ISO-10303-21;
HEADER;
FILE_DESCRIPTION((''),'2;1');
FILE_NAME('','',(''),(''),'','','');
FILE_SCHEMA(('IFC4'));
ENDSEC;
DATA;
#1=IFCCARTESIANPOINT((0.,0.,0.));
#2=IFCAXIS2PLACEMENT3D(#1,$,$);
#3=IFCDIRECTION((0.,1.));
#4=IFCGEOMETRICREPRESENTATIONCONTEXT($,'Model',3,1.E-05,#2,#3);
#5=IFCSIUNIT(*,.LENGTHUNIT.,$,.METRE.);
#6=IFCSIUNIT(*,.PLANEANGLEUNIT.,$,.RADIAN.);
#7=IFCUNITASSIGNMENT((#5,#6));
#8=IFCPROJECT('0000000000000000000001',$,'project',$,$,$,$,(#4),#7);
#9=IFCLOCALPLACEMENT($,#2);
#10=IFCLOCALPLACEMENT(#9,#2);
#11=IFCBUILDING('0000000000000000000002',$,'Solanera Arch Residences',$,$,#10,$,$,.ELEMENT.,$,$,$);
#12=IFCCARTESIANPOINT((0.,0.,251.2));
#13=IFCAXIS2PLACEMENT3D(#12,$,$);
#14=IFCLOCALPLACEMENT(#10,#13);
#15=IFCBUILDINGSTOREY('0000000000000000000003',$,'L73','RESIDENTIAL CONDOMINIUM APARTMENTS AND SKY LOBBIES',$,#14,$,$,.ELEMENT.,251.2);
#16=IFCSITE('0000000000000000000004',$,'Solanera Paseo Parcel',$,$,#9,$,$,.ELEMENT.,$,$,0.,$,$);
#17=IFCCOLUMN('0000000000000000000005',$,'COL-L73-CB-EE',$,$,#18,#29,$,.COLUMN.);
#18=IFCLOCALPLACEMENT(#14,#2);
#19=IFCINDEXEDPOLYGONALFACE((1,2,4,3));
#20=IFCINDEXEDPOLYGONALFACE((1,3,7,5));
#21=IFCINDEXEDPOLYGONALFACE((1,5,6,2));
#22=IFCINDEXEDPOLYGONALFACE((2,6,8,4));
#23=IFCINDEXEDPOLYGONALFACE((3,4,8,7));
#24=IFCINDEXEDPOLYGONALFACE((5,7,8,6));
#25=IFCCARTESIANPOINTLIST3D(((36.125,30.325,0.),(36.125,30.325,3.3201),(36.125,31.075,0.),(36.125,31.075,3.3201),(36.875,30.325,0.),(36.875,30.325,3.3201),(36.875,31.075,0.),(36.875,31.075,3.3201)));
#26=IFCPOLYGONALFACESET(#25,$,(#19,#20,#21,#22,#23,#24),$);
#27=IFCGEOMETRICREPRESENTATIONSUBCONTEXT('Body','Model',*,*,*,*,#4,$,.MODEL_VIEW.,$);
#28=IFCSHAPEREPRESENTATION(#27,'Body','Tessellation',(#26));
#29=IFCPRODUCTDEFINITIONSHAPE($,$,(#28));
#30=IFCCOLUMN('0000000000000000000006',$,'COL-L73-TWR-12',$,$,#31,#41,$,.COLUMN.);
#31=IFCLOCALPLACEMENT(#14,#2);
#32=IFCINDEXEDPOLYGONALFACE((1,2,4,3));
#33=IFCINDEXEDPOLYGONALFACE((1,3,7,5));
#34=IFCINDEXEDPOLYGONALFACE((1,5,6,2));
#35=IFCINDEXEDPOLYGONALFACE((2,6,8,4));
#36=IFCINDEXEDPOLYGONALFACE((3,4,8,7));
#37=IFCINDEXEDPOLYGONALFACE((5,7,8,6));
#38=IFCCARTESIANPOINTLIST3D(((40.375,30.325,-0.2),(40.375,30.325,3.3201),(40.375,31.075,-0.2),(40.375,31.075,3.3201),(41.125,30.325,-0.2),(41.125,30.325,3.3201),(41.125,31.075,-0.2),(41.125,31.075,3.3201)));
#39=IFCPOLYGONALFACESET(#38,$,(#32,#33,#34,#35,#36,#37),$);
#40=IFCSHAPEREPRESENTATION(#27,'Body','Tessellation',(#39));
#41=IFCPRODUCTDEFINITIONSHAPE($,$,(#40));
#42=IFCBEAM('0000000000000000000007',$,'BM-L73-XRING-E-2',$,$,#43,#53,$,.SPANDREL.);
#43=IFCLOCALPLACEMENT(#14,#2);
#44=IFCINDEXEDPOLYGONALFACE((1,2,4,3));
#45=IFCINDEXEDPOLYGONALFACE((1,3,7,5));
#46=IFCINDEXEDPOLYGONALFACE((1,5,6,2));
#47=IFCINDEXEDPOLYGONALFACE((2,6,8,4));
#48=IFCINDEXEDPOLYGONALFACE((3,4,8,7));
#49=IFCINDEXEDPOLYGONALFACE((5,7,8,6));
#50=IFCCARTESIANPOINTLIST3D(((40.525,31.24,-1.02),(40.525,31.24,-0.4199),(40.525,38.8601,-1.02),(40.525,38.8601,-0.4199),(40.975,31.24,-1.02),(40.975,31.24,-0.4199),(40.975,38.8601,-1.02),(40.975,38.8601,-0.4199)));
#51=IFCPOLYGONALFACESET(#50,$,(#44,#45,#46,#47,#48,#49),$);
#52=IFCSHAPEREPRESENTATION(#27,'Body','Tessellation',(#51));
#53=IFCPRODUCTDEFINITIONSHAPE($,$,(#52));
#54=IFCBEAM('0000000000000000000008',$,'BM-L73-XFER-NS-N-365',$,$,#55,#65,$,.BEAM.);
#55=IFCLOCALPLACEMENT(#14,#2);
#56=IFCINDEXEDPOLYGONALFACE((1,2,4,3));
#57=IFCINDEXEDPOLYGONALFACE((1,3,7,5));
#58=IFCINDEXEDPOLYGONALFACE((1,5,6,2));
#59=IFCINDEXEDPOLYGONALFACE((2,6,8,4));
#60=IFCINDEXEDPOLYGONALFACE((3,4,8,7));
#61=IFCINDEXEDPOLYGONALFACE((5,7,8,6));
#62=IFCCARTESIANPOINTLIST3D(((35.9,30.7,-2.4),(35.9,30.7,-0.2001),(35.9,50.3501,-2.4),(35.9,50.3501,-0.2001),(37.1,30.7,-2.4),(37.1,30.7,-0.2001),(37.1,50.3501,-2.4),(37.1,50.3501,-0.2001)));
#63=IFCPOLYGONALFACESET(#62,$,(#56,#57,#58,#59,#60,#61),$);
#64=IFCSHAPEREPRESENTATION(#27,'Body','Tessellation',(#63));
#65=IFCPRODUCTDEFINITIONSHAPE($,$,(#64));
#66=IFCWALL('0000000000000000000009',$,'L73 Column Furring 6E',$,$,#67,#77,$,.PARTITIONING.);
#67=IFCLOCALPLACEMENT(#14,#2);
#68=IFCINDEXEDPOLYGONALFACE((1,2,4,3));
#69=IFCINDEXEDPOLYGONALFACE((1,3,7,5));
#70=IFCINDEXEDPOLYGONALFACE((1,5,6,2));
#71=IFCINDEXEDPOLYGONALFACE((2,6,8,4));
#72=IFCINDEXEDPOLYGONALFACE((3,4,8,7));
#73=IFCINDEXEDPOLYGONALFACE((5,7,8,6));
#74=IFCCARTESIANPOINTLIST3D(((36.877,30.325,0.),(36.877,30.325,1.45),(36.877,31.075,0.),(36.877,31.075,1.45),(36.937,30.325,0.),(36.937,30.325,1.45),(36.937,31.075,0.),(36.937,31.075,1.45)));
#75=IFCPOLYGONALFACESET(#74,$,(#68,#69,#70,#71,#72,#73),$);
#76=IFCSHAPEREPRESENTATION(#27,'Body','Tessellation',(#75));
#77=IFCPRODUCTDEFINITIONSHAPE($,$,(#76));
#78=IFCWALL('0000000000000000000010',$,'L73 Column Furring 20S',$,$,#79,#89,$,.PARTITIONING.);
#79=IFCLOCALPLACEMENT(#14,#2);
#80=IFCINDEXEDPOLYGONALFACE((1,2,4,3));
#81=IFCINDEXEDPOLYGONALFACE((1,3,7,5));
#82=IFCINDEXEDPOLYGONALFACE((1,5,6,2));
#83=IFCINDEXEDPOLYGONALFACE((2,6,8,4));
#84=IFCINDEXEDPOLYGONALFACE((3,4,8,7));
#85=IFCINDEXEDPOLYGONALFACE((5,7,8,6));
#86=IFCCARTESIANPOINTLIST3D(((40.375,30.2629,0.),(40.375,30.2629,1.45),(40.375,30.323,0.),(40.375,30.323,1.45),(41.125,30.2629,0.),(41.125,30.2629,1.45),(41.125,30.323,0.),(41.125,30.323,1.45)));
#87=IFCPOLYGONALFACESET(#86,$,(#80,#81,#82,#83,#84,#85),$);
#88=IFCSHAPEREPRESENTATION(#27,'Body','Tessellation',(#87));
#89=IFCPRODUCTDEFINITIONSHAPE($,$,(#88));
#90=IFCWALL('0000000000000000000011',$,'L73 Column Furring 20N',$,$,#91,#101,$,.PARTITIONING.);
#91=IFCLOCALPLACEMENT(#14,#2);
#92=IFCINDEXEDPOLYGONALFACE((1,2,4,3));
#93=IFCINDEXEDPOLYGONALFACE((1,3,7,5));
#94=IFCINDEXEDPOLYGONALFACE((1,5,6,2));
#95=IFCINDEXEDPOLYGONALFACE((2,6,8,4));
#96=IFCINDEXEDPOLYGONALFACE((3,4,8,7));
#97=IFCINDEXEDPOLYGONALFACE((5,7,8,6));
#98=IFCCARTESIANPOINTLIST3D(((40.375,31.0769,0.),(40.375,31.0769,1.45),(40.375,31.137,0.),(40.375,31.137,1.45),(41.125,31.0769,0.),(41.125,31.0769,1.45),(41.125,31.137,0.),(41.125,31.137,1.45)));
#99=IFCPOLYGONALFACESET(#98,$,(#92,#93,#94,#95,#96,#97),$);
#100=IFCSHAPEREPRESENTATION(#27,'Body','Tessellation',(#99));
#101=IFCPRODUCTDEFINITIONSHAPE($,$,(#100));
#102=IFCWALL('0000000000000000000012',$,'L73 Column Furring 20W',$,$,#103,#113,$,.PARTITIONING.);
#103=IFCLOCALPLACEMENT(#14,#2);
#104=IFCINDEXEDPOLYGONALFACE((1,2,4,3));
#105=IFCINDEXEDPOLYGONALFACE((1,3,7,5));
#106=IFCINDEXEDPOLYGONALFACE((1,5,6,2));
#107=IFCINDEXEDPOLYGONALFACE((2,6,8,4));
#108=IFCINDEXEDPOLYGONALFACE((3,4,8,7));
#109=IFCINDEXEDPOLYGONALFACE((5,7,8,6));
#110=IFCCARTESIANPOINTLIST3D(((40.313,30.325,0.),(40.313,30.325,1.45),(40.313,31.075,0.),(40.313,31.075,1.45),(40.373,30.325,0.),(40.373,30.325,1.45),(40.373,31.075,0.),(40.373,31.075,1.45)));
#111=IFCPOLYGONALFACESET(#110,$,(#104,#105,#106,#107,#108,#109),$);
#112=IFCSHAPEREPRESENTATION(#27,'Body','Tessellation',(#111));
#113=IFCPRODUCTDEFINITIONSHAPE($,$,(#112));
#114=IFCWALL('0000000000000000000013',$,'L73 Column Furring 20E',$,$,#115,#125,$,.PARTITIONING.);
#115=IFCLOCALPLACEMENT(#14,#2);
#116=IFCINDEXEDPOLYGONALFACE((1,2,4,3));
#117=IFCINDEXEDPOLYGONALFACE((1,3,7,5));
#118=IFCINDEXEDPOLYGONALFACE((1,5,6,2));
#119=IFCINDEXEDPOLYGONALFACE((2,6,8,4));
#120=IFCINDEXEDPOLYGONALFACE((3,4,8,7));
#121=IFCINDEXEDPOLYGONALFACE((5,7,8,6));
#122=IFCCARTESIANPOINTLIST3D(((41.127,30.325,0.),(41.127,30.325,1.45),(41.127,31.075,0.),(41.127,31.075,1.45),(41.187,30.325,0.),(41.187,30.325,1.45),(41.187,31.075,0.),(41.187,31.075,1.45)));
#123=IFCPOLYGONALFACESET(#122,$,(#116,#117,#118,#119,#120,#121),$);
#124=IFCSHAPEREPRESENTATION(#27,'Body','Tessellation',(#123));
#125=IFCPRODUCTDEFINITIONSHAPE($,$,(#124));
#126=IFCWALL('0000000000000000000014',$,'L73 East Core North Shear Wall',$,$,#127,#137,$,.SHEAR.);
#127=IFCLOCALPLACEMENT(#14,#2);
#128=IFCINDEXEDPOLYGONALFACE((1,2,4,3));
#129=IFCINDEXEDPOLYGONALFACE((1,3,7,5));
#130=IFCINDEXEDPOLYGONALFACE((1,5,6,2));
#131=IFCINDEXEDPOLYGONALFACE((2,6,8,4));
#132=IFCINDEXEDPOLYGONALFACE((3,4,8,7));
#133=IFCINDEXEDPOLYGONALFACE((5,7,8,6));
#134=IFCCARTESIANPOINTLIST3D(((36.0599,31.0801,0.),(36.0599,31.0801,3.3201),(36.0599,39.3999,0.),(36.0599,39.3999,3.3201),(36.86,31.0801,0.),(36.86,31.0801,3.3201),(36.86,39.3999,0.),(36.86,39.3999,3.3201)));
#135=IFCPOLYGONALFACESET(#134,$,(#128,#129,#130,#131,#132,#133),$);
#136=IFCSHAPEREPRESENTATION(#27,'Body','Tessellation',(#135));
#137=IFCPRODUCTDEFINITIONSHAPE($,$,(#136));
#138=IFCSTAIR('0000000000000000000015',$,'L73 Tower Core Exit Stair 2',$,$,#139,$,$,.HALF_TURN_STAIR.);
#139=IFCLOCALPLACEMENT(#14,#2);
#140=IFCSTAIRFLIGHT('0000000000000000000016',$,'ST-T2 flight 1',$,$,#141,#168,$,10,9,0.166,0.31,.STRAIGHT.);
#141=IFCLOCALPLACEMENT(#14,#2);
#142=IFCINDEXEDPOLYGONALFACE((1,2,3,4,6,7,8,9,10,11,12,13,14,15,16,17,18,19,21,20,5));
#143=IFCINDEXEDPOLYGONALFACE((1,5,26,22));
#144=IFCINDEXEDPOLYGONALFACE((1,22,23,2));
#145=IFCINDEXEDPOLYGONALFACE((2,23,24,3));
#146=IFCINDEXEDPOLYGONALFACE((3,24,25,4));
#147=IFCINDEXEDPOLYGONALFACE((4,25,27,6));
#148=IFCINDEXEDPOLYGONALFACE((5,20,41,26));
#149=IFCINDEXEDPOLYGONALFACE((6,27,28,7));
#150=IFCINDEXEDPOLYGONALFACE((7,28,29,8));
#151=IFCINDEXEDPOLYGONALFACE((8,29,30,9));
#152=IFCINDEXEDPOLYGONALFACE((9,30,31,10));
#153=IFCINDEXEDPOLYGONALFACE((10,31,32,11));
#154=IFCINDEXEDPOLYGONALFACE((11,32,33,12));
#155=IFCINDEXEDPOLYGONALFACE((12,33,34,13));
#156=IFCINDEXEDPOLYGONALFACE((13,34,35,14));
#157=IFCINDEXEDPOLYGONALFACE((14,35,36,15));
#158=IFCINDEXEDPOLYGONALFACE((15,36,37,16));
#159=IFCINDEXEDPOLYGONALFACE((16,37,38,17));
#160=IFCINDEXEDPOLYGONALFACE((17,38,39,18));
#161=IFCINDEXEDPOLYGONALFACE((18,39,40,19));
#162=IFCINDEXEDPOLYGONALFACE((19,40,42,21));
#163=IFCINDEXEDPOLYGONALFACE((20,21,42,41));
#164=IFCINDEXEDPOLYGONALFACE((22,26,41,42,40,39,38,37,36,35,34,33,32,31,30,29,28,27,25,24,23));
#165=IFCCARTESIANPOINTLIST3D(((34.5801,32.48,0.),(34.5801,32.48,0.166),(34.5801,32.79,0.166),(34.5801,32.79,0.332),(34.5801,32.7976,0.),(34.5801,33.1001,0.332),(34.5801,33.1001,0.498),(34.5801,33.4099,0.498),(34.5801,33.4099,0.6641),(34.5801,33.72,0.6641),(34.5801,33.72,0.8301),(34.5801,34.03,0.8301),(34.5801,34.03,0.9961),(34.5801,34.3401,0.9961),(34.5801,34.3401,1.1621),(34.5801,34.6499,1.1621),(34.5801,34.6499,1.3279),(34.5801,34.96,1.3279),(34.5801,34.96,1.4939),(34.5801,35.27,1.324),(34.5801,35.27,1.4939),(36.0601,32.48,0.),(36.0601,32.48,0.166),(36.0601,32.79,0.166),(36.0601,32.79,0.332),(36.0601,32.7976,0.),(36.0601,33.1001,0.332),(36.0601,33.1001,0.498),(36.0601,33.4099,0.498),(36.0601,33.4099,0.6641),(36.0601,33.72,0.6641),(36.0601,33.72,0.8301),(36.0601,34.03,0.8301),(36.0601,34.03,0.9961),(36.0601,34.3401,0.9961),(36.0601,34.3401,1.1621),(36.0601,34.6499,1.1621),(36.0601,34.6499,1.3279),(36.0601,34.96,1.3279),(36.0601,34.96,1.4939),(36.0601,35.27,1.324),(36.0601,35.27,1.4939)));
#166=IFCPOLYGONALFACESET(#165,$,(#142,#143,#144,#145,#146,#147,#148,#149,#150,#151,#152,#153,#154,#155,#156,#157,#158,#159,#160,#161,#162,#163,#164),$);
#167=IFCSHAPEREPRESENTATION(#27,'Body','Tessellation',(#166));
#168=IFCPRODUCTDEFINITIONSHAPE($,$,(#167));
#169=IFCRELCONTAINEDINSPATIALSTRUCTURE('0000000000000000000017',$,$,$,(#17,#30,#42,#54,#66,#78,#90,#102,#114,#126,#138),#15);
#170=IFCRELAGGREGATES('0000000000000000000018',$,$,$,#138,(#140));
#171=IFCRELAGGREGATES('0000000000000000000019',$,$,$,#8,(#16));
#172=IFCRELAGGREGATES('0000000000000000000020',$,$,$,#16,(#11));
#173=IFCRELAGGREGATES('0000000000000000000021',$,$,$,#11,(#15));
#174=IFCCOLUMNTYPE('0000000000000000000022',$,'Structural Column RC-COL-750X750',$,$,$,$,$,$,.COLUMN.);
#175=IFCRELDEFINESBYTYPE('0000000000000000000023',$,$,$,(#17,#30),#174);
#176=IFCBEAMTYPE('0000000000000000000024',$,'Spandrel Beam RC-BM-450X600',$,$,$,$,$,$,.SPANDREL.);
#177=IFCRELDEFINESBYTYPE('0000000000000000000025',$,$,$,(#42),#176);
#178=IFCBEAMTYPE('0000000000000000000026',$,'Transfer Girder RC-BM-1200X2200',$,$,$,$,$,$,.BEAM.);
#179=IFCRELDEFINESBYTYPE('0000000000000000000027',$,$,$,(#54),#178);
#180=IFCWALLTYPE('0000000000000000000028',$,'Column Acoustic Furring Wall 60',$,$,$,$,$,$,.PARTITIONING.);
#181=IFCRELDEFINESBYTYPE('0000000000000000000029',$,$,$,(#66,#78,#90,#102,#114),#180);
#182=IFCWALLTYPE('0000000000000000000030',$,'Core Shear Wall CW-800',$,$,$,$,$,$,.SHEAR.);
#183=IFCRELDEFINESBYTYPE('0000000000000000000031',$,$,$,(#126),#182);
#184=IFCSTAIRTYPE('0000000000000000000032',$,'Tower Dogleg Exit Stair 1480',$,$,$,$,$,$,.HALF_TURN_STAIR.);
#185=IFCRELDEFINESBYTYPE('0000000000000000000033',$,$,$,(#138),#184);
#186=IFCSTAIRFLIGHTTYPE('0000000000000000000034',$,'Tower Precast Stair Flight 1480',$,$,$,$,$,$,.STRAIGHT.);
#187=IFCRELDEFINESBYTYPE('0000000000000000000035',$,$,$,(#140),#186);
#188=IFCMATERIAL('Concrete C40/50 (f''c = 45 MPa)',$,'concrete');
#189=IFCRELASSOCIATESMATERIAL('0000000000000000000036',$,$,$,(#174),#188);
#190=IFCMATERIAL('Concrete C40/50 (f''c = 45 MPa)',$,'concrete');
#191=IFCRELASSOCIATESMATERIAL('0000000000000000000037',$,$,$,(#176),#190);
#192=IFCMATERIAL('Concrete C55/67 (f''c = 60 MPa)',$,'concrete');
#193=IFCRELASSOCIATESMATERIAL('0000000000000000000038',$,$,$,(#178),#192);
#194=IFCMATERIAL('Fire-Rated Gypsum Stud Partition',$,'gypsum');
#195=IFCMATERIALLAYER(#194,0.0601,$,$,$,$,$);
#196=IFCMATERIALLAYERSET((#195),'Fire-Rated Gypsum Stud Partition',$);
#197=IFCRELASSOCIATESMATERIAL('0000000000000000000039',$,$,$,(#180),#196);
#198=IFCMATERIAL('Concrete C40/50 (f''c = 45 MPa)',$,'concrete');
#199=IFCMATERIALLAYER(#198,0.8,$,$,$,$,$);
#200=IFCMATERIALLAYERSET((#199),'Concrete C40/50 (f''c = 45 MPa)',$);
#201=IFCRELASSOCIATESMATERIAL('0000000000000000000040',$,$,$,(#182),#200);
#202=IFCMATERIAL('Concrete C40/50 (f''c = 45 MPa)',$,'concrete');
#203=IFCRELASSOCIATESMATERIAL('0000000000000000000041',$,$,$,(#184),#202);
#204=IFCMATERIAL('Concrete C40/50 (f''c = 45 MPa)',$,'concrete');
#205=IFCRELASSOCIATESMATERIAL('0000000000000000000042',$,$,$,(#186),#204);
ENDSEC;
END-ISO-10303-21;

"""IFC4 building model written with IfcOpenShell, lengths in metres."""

from ifc_helpers import new_model, si_unit, direction, frame, frame_2d, origin, origin_2d, place, context, subcontext, project, spatial, polyline, rectangle, outline, extrude, material, layer, layer_set, material_profile, profile_set, type_object, element, aggregate, save


model = new_model("IFC4")

# Units and contexts
model_context = context("Model", 3, precision=1e-05, world=origin(), true_north=direction((0.0, 1.0)))
body_context = subcontext(model_context, "Body", "Model", "MODEL_VIEW")
ifc_project = project(units=[si_unit("LENGTHUNIT", "METRE"), si_unit("PLANEANGLEUNIT", "RADIAN")], contexts=[model_context])

# Site, building, storey
site_placement = place(None, origin())
site = spatial("IfcSite", under=ifc_project, at=site_placement, Name="Solanera Paseo Parcel", CompositionType="ELEMENT", RefElevation=0.0)
building_placement = place(site_placement, origin())
building = spatial("IfcBuilding", under=site, at=building_placement, Name="Solanera Arch Residences", CompositionType="ELEMENT")
storey_placement = place(building_placement, frame((0.0, 0.0, 251.2)))
storey = spatial("IfcBuildingStorey", under=building, at=storey_placement, Name="L73", Description="RESIDENTIAL CONDOMINIUM APARTMENTS AND SKY LOBBIES", CompositionType="ELEMENT", Elevation=251.2)

# Columns
ifc_material_1 = material(Name="Concrete C40/50 (f'c = 45 MPa)", Category="concrete")
ifc_material_profile_1 = material_profile(ifc_material_1, rectangle(XDim=0.75, YDim=0.75, at=origin_2d()))
ifc_profile_set_1 = profile_set([ifc_material_profile_1], Name="Concrete C40/50 (f'c = 45 MPa)")
column_type = type_object("IfcColumnType", Name="Structural Column RC-COL-750X750", PredefinedType="COLUMN", material=ifc_profile_set_1)
column_1_placement = place(storey_placement, frame((36.5, 30.7, 0.0), z_axis=(0.0, 0.0, 1.0), x_axis=(1.0, 0.0, 0.0)))
element("IfcColumn", 1, at=column_1_placement, inside=storey, type_object=column_type, Name="COL-L73-CB-EE", PredefinedType="COLUMN", context=body_context, shape_type="SweptSolid", body=[
    extrude(rectangle(XDim=0.75, YDim=0.75, at=origin_2d()), origin(), (0.0, 0.0, 1.0), 3.3201),
])
column_2_placement = place(storey_placement, frame((40.75, 30.7, -0.2), z_axis=(0.0, 0.0, 1.0), x_axis=(1.0, 0.0, 0.0)))
element("IfcColumn", 2, at=column_2_placement, inside=storey, type_object=column_type, Name="COL-L73-TWR-12", PredefinedType="COLUMN", context=body_context, shape_type="SweptSolid", body=[
    extrude(rectangle(XDim=0.75, YDim=0.75, at=origin_2d()), origin(), (0.0, 0.0, 1.0), 3.52),
])

# Beams
ifc_material_2 = material(Name="Concrete C40/50 (f'c = 45 MPa)", Category="concrete")
ifc_material_profile_2 = material_profile(ifc_material_2, rectangle(XDim=0.45, YDim=0.6001, at=origin_2d()))
ifc_profile_set_2 = profile_set([ifc_material_profile_2], Name="Concrete C40/50 (f'c = 45 MPa)")
beam_type_1 = type_object("IfcBeamType", Name="Spandrel Beam RC-BM-450X600", PredefinedType="SPANDREL", material=ifc_profile_set_2)
beam_1_placement = place(storey_placement, frame((40.75, 31.24, -0.72), z_axis=(0.0, 1.0, 0.0), x_axis=(-1.0, 0.0, 0.0)))
element("IfcBeam", 3, at=beam_1_placement, inside=storey, type_object=beam_type_1, Name="BM-L73-XRING-E-2", PredefinedType="SPANDREL", context=body_context, shape_type="SweptSolid", body=[
    extrude(rectangle(XDim=0.45, YDim=0.6001, at=origin_2d()), origin(), (0.0, 0.0, 1.0), 7.6201),
])
ifc_material_3 = material(Name="Concrete C55/67 (f'c = 60 MPa)", Category="concrete")
ifc_material_profile_3 = material_profile(ifc_material_3, rectangle(XDim=1.2, YDim=2.2, at=origin_2d()))
ifc_profile_set_3 = profile_set([ifc_material_profile_3], Name="Concrete C55/67 (f'c = 60 MPa)")
beam_type_2 = type_object("IfcBeamType", Name="Transfer Girder RC-BM-1200X2200", PredefinedType="BEAM", material=ifc_profile_set_3)
beam_2_placement = place(storey_placement, frame((36.5, 30.7, -1.3), z_axis=(0.0, 1.0, 0.0), x_axis=(-1.0, 0.0, 0.0)))
element("IfcBeam", 4, at=beam_2_placement, inside=storey, type_object=beam_type_2, Name="BM-L73-XFER-NS-N-365", PredefinedType="BEAM", context=body_context, shape_type="SweptSolid", body=[
    extrude(rectangle(XDim=1.2, YDim=2.2, at=origin_2d()), origin(), (0.0, 0.0, 1.0), 19.6501),
])

# Walls
ifc_material_4 = material(Name="Fire-Rated Gypsum Stud Partition", Category="gypsum")
ifc_layer_1 = layer(ifc_material_4, 0.0601)
ifc_layer_set_1 = layer_set([ifc_layer_1], Name="Fire-Rated Gypsum Stud Partition")
wall_type_1 = type_object("IfcWallType", Name="Column Acoustic Furring Wall 60", PredefinedType="PARTITIONING", material=ifc_layer_set_1)
for number, where, z_axis, x_axis, name in (
    (5, (36.907, 30.325, 0.0), (0.0, 0.0, 1.0), (0.0, 1.0, 0.0), "L73 Column Furring 6E"),
    (6, (40.375, 30.293, 0.0), (0.0, 0.0, 1.0), (1.0, 0.0, 0.0), "L73 Column Furring 20S"),
    (7, (40.375, 31.1069, 0.0), (0.0, 0.0, 1.0), (1.0, 0.0, 0.0), "L73 Column Furring 20N"),
    (8, (40.343, 30.325, 0.0), (0.0, 0.0, 1.0), (0.0, 1.0, 0.0), "L73 Column Furring 20W"),
    (9, (41.157, 30.325, 0.0), (0.0, 0.0, 1.0), (0.0, 1.0, 0.0), "L73 Column Furring 20E"),
):
    element("IfcWall", number, at=place(storey_placement, frame(where, z_axis=z_axis, x_axis=x_axis)), inside=storey, type_object=wall_type_1, Name=name, PredefinedType="PARTITIONING", context=body_context, shape_type="SweptSolid", body=[
        extrude(rectangle(XDim=0.75, YDim=0.0601, at=frame_2d((0.375, 0.0))), origin(), (0.0, 0.0, 1.0), 1.45),
    ])

# Wall
ifc_material_5 = material(Name="Concrete C40/50 (f'c = 45 MPa)", Category="concrete")
ifc_layer_2 = layer(ifc_material_5, 0.8)
ifc_layer_set_2 = layer_set([ifc_layer_2], Name="Concrete C40/50 (f'c = 45 MPa)")
wall_type_2 = type_object("IfcWallType", Name="Core Shear Wall CW-800", PredefinedType="SHEAR", material=ifc_layer_set_2)
wall_1_placement = place(storey_placement, frame((36.46, 31.0801, 0.0), z_axis=(0.0, 0.0, 1.0), x_axis=(0.0, 1.0, 0.0)))
element("IfcWall", 10, at=wall_1_placement, inside=storey, type_object=wall_type_2, Name="L73 East Core North Shear Wall", PredefinedType="SHEAR", context=body_context, shape_type="SweptSolid", body=[
    extrude(rectangle(XDim=8.3198, YDim=0.8, at=frame_2d((4.1599, 0.0))), origin(), (0.0, 0.0, 1.0), 3.3201),
])

# Stair, stair flight
ifc_material_6 = material(Name="Concrete C40/50 (f'c = 45 MPa)", Category="concrete")
stair_type = type_object("IfcStairType", Name="Tower Dogleg Exit Stair 1480", PredefinedType="HALF_TURN_STAIR", material=ifc_material_6)
stair_placement = place(storey_placement, origin())
stair = element("IfcStair", 11, at=stair_placement, inside=storey, type_object=stair_type, Name="L73 Tower Core Exit Stair 2", PredefinedType="HALF_TURN_STAIR")
ifc_material_7 = material(Name="Concrete C40/50 (f'c = 45 MPa)", Category="concrete")
stair_flight_type = type_object("IfcStairFlightType", Name="Tower Precast Stair Flight 1480", PredefinedType="STRAIGHT", material=ifc_material_7)
stair_flight_1_placement = place(storey_placement, frame((35.3201, 32.48, 0.0), z_axis=(0.0, 0.0, 1.0), x_axis=(0.0, 1.0, 0.0)))
stair_flight_1 = element("IfcStairFlight", 12, at=stair_flight_1_placement, type_object=stair_flight_type, Name="ST-T2 flight 1", NumberOfRisers=10, NumberOfTreads=9, PredefinedType="STRAIGHT", RiserHeight=0.166, TreadLength=0.31, context=body_context, shape_type="SweptSolid", body=[
    extrude(outline(polyline([(0.0, 0.0), (0.0, 0.166), (0.3101, 0.166), (0.3101, 0.332), (0.6201, 0.332), (0.6201, 0.498), (0.9299, 0.498), (0.9299, 0.6641), (1.24, 0.6641), (1.24, 0.8301), (1.55, 0.8301), (1.55, 0.9961), (1.8601, 0.9961), (1.8601, 1.1621), (2.1699, 1.1621), (2.1699, 1.3279), (2.48, 1.3279), (2.48, 1.4939), (2.79, 1.4939), (2.79, 1.6599), (2.79, 1.324), (0.3176, 0.0), (0.0, 0.0)])), frame((0.0, 0.74, 0.0), z_axis=(0.0, -1.0, 0.0), x_axis=(1.0, 0.0, 0.0)), (0.0, 0.0, 1.0), 1.48),
])
aggregate(stair, [stair_flight_1])

save(model, "model.ifc")
